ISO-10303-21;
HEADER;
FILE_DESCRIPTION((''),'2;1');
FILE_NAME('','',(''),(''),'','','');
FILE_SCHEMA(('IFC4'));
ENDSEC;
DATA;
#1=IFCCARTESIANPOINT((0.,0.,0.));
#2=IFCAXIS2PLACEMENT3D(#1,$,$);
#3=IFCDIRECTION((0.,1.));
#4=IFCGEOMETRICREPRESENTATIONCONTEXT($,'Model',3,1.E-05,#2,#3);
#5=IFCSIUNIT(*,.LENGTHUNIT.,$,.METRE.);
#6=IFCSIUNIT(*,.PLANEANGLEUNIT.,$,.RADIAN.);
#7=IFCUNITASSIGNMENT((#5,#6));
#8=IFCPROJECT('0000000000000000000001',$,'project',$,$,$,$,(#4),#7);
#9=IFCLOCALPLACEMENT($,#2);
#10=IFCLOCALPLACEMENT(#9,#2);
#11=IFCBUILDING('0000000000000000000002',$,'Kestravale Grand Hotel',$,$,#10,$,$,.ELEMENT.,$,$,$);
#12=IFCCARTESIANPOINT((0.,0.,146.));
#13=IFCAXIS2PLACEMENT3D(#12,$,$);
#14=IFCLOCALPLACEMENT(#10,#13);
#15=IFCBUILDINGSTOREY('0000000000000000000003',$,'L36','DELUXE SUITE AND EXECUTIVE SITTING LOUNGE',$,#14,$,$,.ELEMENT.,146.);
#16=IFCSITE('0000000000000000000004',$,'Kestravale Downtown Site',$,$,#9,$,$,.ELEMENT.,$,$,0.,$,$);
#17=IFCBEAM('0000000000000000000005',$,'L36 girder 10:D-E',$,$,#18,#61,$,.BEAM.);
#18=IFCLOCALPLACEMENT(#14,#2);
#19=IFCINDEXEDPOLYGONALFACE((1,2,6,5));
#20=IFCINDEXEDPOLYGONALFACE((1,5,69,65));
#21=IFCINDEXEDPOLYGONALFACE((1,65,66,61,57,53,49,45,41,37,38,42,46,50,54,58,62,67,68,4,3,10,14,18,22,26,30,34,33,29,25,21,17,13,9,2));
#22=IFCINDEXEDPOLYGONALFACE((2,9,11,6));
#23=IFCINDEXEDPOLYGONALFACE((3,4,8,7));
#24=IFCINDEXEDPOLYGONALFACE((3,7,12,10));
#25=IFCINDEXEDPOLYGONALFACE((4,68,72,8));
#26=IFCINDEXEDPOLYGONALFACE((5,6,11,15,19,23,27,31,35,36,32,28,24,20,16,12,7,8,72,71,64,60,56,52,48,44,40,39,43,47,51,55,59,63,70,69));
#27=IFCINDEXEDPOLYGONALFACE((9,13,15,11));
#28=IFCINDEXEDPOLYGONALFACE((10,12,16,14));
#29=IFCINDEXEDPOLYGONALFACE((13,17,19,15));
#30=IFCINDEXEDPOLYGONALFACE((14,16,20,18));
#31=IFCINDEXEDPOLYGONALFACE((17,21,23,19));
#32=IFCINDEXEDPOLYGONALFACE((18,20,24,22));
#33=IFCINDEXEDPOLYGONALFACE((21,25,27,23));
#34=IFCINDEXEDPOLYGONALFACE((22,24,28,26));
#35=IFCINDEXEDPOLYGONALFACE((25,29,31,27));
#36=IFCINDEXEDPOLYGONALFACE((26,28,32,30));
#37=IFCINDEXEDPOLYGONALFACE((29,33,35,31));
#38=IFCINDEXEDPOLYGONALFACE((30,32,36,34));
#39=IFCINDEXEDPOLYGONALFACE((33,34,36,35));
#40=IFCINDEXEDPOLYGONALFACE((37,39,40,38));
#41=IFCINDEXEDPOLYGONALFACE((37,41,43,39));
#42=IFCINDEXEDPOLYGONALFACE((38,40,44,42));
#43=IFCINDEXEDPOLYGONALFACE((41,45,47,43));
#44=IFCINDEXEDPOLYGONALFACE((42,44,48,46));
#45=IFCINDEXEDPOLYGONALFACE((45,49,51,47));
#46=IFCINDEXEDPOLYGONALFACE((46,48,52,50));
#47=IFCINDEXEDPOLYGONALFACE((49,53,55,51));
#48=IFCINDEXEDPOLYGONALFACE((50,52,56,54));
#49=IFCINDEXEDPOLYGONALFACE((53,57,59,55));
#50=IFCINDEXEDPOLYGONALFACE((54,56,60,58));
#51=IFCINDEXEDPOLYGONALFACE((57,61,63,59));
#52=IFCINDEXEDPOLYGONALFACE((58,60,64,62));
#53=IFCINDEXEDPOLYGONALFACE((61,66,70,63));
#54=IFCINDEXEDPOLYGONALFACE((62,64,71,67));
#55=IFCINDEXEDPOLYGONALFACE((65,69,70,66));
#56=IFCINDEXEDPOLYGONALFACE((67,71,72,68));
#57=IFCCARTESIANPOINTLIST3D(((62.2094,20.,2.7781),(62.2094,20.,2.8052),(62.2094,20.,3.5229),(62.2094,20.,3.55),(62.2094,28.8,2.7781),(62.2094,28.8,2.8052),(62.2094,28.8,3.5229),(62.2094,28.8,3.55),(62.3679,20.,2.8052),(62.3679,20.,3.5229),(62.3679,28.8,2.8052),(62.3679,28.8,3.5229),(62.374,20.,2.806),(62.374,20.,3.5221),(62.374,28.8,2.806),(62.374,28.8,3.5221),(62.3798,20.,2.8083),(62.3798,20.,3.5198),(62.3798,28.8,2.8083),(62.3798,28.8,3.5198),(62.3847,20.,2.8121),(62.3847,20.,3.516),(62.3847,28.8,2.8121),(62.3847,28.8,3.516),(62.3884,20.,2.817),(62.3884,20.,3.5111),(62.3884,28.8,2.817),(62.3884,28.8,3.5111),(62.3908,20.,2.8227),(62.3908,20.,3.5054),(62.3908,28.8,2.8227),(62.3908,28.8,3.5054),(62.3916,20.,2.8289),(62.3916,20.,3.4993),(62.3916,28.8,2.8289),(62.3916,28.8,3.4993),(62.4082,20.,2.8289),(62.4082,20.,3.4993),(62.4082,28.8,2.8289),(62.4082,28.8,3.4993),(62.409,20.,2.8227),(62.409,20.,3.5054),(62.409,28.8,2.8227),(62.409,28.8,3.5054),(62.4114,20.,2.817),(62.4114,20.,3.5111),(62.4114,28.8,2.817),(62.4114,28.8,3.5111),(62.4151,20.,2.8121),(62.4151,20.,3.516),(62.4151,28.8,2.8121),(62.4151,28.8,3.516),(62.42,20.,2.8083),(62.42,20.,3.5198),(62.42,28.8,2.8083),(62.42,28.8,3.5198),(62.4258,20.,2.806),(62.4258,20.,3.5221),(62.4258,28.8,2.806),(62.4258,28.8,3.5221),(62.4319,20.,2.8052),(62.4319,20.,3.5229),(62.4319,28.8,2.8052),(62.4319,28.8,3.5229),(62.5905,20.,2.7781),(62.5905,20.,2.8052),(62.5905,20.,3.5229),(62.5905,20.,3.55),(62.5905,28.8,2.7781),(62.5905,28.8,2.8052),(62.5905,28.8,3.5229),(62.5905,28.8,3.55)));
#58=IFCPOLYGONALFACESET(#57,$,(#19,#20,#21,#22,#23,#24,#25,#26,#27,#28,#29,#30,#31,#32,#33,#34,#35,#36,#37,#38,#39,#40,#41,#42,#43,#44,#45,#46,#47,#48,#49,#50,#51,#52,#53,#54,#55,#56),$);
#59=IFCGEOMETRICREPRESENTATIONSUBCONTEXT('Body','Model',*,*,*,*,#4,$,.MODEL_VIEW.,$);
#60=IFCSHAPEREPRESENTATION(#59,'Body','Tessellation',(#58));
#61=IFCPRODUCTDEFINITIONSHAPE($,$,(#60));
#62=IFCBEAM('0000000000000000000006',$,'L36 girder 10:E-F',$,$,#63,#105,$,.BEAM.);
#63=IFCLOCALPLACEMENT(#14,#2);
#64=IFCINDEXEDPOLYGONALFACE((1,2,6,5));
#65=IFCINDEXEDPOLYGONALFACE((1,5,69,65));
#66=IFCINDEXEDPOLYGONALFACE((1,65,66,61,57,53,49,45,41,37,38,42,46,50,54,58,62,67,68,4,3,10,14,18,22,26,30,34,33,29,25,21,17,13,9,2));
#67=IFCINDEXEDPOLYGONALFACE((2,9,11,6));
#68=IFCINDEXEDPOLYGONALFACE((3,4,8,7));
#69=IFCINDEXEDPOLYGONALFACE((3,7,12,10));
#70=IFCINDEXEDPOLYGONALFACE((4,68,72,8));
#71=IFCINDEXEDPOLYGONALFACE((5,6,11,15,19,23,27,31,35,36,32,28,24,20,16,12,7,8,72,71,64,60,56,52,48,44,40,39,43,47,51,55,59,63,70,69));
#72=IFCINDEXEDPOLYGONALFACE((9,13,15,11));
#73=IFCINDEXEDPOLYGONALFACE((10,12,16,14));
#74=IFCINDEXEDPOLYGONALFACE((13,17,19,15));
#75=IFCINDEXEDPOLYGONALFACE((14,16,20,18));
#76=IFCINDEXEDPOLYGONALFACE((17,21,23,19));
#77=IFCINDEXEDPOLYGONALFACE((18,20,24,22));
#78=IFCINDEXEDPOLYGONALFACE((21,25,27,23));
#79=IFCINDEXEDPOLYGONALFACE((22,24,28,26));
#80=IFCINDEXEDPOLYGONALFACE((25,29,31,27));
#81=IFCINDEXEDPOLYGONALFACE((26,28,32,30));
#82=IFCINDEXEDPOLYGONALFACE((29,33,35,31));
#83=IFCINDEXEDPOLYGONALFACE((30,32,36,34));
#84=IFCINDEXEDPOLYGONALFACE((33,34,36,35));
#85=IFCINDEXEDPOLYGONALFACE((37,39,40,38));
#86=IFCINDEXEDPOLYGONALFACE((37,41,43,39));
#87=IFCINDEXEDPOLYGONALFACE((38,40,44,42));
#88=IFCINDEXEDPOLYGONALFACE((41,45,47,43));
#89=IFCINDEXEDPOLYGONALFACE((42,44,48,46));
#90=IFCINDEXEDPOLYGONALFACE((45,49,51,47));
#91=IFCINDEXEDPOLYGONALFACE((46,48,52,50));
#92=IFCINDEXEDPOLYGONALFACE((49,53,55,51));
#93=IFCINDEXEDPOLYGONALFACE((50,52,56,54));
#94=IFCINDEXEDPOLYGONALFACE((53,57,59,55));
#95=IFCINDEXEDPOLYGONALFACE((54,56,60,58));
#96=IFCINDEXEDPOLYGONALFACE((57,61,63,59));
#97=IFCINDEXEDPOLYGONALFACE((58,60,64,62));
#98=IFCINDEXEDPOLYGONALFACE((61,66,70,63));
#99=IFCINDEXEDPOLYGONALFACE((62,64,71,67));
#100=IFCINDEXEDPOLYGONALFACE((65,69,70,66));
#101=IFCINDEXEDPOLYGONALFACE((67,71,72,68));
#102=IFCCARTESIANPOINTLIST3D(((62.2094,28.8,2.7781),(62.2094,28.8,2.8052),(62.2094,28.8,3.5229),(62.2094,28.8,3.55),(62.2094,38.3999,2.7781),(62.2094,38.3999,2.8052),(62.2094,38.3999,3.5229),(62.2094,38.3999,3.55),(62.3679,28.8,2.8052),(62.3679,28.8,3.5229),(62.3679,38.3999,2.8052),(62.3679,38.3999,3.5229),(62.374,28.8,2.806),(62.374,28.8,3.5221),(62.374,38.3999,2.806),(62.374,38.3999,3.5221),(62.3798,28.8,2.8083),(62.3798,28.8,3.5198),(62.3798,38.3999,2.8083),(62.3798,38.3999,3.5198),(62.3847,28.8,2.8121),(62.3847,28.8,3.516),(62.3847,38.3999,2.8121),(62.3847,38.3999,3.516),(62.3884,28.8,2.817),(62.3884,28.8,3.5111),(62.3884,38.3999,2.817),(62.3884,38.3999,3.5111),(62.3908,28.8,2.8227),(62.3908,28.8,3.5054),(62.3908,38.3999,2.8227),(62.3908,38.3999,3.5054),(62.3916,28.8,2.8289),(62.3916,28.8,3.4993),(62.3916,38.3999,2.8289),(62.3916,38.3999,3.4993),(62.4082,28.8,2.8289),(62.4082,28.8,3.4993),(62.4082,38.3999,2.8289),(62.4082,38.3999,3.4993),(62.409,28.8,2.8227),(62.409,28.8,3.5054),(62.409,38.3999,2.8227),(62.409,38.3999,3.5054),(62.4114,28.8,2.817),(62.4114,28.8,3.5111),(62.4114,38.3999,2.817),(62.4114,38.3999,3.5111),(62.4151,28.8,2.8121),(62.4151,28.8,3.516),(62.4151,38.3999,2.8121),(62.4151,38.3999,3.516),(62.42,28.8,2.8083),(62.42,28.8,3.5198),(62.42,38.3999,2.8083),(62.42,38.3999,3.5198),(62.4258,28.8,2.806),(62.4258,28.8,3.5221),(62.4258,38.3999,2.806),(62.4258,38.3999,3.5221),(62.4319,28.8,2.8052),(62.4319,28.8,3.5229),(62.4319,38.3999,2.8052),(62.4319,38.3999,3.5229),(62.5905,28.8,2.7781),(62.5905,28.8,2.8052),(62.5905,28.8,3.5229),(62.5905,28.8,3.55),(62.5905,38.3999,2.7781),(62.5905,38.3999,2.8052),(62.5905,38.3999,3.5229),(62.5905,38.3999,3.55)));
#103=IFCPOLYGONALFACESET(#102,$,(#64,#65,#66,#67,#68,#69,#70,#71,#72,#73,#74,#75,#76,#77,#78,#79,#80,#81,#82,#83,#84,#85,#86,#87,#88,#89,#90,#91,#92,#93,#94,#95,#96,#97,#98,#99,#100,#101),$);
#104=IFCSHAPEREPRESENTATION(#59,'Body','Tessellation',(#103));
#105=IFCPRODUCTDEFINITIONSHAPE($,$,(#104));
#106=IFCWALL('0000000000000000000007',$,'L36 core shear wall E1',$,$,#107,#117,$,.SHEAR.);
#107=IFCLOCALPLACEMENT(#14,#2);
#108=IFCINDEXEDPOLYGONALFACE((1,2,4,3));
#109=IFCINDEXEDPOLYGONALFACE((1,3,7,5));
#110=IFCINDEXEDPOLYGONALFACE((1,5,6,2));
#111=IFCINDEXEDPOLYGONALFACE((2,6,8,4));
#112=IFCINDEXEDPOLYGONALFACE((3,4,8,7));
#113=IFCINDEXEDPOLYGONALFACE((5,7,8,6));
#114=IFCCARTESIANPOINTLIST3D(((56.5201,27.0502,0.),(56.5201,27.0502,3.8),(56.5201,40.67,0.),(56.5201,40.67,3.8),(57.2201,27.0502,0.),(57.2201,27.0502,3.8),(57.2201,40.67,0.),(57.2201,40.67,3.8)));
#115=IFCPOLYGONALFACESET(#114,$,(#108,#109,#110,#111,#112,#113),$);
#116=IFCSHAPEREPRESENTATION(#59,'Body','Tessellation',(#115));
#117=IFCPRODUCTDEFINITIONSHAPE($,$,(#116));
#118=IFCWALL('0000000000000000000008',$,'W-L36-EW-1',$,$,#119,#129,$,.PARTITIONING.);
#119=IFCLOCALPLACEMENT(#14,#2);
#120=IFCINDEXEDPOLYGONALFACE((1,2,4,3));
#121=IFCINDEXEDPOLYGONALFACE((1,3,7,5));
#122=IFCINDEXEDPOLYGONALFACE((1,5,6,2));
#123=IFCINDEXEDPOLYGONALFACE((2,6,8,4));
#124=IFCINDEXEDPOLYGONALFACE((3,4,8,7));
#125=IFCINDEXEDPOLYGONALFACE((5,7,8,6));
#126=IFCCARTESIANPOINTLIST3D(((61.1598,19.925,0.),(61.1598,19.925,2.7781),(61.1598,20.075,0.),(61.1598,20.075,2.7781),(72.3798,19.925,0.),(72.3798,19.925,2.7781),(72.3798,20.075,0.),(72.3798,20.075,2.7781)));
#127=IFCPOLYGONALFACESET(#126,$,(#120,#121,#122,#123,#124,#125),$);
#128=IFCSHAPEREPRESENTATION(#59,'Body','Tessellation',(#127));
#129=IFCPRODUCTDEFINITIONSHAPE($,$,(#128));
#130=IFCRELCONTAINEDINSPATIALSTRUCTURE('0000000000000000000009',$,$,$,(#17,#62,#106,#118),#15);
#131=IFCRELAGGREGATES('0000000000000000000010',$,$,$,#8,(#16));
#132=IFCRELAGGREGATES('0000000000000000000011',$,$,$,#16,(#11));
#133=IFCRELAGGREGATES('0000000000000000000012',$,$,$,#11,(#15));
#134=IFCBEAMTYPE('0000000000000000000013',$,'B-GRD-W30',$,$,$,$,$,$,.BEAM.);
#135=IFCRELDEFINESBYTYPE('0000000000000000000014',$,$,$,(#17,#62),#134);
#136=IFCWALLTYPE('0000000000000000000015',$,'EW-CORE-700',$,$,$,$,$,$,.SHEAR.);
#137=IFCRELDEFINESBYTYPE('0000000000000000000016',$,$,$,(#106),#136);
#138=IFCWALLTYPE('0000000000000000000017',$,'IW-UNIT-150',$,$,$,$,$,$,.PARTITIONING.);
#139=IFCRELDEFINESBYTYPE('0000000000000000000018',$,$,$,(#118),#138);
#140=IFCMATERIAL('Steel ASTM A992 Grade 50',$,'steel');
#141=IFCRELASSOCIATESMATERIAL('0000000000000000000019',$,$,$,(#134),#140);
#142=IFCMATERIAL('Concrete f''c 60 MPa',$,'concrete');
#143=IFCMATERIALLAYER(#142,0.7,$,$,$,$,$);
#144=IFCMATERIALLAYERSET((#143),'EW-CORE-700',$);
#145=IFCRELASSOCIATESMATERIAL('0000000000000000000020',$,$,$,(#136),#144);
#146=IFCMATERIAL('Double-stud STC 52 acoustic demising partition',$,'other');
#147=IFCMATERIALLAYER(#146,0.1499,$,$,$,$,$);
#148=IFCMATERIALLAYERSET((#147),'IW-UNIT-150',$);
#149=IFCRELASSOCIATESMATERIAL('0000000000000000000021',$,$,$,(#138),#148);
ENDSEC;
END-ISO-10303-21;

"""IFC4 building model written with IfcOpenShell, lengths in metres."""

from ifc_helpers import new_model, si_unit, direction, frame, frame_2d, origin, origin_2d, place, context, subcontext, project, spatial, rectangle, i_section, extrude, material, layer, layer_set, material_profile, profile_set, type_object, element, save


model = new_model("IFC4")

# Units and contexts
model_context = context("Model", 3, precision=1e-05, world=origin(), true_north=direction((0.0, 1.0)))
body_context = subcontext(model_context, "Body", "Model", "MODEL_VIEW")
ifc_project = project(units=[si_unit("LENGTHUNIT", "METRE"), si_unit("PLANEANGLEUNIT", "RADIAN")], contexts=[model_context])

# Site, building, storey
site_placement = place(None, origin())
site = spatial("IfcSite", under=ifc_project, at=site_placement, Name="Kestravale Downtown Site", CompositionType="ELEMENT", RefElevation=0.0)
building_placement = place(site_placement, origin())
building = spatial("IfcBuilding", under=site, at=building_placement, Name="Kestravale Grand Hotel", CompositionType="ELEMENT")
storey_placement = place(building_placement, frame((0.0, 0.0, 146.0)))
storey = spatial("IfcBuildingStorey", under=building, at=storey_placement, Name="L36", Description="DELUXE SUITE AND EXECUTIVE SITTING LOUNGE", CompositionType="ELEMENT", Elevation=146.0)

# Beams
ifc_material_1 = material(Name="Steel ASTM A992 Grade 50", Category="steel")
ifc_material_profile_1 = material_profile(ifc_material_1, i_section(OverallWidth=0.3811, OverallDepth=0.772, WebThickness=0.0166, FlangeThickness=0.0271, FilletRadius=0.0237, at=origin_2d()))
ifc_profile_set_1 = profile_set([ifc_material_profile_1], Name="Steel ASTM A992 Grade 50")
beam_type_1 = type_object("IfcBeamType", Name="B-GRD-W30", PredefinedType="BEAM", material=ifc_profile_set_1)
beam_1_placement = place(storey_placement, frame((62.3999, 20.0, 3.1641), z_axis=(0.0, 1.0, 0.0), x_axis=(-1.0, 0.0, 0.0)))
element("IfcBeam", 1, at=beam_1_placement, inside=storey, type_object=beam_type_1, Name="L36 girder 10:D-E", PredefinedType="BEAM", context=body_context, shape_type="SweptSolid", body=[
    extrude(i_section(OverallWidth=0.3811, OverallDepth=0.772, WebThickness=0.0166, FlangeThickness=0.0271, FilletRadius=0.0237, at=origin_2d()), origin(), (0.0, 0.0, 1.0), 8.8),
])
beam_2_placement = place(storey_placement, frame((62.3999, 28.8, 3.1641), z_axis=(0.0, 1.0, 0.0), x_axis=(-1.0, 0.0, 0.0)))
element("IfcBeam", 2, at=beam_2_placement, inside=storey, type_object=beam_type_1, Name="L36 girder 10:E-F", PredefinedType="BEAM", context=body_context, shape_type="SweptSolid", body=[
    extrude(i_section(OverallWidth=0.3811, OverallDepth=0.772, WebThickness=0.0166, FlangeThickness=0.0271, FilletRadius=0.0237, at=origin_2d()), origin(), (0.0, 0.0, 1.0), 9.5999),
])

# Walls
ifc_material_2 = material(Name="Concrete f'c 60 MPa", Category="concrete")
ifc_layer_1 = layer(ifc_material_2, 0.7)
ifc_layer_set_1 = layer_set([ifc_layer_1], Name="EW-CORE-700")
wall_type_1 = type_object("IfcWallType", Name="EW-CORE-700", PredefinedType="SHEAR", material=ifc_layer_set_1)
wall_1_placement = place(storey_placement, frame((56.8701, 27.05, 0.0), z_axis=(0.0, 0.0, 1.0), x_axis=(0.0, 1.0, 0.0)))
element("IfcWall", 3, at=wall_1_placement, inside=storey, type_object=wall_type_1, Name="L36 core shear wall E1", PredefinedType="SHEAR", context=body_context, shape_type="SweptSolid", body=[
    extrude(rectangle(XDim=13.6199, YDim=0.7, at=frame_2d((6.8101, 0.0))), origin(), (0.0, 0.0, 1.0), 3.8),
])
ifc_material_3 = material(Name="Double-stud STC 52 acoustic demising partition", Category="other")
ifc_layer_2 = layer(ifc_material_3, 0.1499)
ifc_layer_set_2 = layer_set([ifc_layer_2], Name="IW-UNIT-150")
wall_type_2 = type_object("IfcWallType", Name="IW-UNIT-150", PredefinedType="PARTITIONING", material=ifc_layer_set_2)
wall_2_placement = place(storey_placement, frame((61.1599, 20.0, 0.0), z_axis=(0.0, 0.0, 1.0), x_axis=(1.0, 0.0, 0.0)))
element("IfcWall", 4, at=wall_2_placement, inside=storey, type_object=wall_type_2, Name="W-L36-EW-1", PredefinedType="PARTITIONING", context=body_context, shape_type="SweptSolid", body=[
    extrude(rectangle(XDim=11.22, YDim=0.1499, at=frame_2d((5.6099, 0.0))), origin(), (0.0, 0.0, 1.0), 2.7781),
])

save(model, "model.ifc")
